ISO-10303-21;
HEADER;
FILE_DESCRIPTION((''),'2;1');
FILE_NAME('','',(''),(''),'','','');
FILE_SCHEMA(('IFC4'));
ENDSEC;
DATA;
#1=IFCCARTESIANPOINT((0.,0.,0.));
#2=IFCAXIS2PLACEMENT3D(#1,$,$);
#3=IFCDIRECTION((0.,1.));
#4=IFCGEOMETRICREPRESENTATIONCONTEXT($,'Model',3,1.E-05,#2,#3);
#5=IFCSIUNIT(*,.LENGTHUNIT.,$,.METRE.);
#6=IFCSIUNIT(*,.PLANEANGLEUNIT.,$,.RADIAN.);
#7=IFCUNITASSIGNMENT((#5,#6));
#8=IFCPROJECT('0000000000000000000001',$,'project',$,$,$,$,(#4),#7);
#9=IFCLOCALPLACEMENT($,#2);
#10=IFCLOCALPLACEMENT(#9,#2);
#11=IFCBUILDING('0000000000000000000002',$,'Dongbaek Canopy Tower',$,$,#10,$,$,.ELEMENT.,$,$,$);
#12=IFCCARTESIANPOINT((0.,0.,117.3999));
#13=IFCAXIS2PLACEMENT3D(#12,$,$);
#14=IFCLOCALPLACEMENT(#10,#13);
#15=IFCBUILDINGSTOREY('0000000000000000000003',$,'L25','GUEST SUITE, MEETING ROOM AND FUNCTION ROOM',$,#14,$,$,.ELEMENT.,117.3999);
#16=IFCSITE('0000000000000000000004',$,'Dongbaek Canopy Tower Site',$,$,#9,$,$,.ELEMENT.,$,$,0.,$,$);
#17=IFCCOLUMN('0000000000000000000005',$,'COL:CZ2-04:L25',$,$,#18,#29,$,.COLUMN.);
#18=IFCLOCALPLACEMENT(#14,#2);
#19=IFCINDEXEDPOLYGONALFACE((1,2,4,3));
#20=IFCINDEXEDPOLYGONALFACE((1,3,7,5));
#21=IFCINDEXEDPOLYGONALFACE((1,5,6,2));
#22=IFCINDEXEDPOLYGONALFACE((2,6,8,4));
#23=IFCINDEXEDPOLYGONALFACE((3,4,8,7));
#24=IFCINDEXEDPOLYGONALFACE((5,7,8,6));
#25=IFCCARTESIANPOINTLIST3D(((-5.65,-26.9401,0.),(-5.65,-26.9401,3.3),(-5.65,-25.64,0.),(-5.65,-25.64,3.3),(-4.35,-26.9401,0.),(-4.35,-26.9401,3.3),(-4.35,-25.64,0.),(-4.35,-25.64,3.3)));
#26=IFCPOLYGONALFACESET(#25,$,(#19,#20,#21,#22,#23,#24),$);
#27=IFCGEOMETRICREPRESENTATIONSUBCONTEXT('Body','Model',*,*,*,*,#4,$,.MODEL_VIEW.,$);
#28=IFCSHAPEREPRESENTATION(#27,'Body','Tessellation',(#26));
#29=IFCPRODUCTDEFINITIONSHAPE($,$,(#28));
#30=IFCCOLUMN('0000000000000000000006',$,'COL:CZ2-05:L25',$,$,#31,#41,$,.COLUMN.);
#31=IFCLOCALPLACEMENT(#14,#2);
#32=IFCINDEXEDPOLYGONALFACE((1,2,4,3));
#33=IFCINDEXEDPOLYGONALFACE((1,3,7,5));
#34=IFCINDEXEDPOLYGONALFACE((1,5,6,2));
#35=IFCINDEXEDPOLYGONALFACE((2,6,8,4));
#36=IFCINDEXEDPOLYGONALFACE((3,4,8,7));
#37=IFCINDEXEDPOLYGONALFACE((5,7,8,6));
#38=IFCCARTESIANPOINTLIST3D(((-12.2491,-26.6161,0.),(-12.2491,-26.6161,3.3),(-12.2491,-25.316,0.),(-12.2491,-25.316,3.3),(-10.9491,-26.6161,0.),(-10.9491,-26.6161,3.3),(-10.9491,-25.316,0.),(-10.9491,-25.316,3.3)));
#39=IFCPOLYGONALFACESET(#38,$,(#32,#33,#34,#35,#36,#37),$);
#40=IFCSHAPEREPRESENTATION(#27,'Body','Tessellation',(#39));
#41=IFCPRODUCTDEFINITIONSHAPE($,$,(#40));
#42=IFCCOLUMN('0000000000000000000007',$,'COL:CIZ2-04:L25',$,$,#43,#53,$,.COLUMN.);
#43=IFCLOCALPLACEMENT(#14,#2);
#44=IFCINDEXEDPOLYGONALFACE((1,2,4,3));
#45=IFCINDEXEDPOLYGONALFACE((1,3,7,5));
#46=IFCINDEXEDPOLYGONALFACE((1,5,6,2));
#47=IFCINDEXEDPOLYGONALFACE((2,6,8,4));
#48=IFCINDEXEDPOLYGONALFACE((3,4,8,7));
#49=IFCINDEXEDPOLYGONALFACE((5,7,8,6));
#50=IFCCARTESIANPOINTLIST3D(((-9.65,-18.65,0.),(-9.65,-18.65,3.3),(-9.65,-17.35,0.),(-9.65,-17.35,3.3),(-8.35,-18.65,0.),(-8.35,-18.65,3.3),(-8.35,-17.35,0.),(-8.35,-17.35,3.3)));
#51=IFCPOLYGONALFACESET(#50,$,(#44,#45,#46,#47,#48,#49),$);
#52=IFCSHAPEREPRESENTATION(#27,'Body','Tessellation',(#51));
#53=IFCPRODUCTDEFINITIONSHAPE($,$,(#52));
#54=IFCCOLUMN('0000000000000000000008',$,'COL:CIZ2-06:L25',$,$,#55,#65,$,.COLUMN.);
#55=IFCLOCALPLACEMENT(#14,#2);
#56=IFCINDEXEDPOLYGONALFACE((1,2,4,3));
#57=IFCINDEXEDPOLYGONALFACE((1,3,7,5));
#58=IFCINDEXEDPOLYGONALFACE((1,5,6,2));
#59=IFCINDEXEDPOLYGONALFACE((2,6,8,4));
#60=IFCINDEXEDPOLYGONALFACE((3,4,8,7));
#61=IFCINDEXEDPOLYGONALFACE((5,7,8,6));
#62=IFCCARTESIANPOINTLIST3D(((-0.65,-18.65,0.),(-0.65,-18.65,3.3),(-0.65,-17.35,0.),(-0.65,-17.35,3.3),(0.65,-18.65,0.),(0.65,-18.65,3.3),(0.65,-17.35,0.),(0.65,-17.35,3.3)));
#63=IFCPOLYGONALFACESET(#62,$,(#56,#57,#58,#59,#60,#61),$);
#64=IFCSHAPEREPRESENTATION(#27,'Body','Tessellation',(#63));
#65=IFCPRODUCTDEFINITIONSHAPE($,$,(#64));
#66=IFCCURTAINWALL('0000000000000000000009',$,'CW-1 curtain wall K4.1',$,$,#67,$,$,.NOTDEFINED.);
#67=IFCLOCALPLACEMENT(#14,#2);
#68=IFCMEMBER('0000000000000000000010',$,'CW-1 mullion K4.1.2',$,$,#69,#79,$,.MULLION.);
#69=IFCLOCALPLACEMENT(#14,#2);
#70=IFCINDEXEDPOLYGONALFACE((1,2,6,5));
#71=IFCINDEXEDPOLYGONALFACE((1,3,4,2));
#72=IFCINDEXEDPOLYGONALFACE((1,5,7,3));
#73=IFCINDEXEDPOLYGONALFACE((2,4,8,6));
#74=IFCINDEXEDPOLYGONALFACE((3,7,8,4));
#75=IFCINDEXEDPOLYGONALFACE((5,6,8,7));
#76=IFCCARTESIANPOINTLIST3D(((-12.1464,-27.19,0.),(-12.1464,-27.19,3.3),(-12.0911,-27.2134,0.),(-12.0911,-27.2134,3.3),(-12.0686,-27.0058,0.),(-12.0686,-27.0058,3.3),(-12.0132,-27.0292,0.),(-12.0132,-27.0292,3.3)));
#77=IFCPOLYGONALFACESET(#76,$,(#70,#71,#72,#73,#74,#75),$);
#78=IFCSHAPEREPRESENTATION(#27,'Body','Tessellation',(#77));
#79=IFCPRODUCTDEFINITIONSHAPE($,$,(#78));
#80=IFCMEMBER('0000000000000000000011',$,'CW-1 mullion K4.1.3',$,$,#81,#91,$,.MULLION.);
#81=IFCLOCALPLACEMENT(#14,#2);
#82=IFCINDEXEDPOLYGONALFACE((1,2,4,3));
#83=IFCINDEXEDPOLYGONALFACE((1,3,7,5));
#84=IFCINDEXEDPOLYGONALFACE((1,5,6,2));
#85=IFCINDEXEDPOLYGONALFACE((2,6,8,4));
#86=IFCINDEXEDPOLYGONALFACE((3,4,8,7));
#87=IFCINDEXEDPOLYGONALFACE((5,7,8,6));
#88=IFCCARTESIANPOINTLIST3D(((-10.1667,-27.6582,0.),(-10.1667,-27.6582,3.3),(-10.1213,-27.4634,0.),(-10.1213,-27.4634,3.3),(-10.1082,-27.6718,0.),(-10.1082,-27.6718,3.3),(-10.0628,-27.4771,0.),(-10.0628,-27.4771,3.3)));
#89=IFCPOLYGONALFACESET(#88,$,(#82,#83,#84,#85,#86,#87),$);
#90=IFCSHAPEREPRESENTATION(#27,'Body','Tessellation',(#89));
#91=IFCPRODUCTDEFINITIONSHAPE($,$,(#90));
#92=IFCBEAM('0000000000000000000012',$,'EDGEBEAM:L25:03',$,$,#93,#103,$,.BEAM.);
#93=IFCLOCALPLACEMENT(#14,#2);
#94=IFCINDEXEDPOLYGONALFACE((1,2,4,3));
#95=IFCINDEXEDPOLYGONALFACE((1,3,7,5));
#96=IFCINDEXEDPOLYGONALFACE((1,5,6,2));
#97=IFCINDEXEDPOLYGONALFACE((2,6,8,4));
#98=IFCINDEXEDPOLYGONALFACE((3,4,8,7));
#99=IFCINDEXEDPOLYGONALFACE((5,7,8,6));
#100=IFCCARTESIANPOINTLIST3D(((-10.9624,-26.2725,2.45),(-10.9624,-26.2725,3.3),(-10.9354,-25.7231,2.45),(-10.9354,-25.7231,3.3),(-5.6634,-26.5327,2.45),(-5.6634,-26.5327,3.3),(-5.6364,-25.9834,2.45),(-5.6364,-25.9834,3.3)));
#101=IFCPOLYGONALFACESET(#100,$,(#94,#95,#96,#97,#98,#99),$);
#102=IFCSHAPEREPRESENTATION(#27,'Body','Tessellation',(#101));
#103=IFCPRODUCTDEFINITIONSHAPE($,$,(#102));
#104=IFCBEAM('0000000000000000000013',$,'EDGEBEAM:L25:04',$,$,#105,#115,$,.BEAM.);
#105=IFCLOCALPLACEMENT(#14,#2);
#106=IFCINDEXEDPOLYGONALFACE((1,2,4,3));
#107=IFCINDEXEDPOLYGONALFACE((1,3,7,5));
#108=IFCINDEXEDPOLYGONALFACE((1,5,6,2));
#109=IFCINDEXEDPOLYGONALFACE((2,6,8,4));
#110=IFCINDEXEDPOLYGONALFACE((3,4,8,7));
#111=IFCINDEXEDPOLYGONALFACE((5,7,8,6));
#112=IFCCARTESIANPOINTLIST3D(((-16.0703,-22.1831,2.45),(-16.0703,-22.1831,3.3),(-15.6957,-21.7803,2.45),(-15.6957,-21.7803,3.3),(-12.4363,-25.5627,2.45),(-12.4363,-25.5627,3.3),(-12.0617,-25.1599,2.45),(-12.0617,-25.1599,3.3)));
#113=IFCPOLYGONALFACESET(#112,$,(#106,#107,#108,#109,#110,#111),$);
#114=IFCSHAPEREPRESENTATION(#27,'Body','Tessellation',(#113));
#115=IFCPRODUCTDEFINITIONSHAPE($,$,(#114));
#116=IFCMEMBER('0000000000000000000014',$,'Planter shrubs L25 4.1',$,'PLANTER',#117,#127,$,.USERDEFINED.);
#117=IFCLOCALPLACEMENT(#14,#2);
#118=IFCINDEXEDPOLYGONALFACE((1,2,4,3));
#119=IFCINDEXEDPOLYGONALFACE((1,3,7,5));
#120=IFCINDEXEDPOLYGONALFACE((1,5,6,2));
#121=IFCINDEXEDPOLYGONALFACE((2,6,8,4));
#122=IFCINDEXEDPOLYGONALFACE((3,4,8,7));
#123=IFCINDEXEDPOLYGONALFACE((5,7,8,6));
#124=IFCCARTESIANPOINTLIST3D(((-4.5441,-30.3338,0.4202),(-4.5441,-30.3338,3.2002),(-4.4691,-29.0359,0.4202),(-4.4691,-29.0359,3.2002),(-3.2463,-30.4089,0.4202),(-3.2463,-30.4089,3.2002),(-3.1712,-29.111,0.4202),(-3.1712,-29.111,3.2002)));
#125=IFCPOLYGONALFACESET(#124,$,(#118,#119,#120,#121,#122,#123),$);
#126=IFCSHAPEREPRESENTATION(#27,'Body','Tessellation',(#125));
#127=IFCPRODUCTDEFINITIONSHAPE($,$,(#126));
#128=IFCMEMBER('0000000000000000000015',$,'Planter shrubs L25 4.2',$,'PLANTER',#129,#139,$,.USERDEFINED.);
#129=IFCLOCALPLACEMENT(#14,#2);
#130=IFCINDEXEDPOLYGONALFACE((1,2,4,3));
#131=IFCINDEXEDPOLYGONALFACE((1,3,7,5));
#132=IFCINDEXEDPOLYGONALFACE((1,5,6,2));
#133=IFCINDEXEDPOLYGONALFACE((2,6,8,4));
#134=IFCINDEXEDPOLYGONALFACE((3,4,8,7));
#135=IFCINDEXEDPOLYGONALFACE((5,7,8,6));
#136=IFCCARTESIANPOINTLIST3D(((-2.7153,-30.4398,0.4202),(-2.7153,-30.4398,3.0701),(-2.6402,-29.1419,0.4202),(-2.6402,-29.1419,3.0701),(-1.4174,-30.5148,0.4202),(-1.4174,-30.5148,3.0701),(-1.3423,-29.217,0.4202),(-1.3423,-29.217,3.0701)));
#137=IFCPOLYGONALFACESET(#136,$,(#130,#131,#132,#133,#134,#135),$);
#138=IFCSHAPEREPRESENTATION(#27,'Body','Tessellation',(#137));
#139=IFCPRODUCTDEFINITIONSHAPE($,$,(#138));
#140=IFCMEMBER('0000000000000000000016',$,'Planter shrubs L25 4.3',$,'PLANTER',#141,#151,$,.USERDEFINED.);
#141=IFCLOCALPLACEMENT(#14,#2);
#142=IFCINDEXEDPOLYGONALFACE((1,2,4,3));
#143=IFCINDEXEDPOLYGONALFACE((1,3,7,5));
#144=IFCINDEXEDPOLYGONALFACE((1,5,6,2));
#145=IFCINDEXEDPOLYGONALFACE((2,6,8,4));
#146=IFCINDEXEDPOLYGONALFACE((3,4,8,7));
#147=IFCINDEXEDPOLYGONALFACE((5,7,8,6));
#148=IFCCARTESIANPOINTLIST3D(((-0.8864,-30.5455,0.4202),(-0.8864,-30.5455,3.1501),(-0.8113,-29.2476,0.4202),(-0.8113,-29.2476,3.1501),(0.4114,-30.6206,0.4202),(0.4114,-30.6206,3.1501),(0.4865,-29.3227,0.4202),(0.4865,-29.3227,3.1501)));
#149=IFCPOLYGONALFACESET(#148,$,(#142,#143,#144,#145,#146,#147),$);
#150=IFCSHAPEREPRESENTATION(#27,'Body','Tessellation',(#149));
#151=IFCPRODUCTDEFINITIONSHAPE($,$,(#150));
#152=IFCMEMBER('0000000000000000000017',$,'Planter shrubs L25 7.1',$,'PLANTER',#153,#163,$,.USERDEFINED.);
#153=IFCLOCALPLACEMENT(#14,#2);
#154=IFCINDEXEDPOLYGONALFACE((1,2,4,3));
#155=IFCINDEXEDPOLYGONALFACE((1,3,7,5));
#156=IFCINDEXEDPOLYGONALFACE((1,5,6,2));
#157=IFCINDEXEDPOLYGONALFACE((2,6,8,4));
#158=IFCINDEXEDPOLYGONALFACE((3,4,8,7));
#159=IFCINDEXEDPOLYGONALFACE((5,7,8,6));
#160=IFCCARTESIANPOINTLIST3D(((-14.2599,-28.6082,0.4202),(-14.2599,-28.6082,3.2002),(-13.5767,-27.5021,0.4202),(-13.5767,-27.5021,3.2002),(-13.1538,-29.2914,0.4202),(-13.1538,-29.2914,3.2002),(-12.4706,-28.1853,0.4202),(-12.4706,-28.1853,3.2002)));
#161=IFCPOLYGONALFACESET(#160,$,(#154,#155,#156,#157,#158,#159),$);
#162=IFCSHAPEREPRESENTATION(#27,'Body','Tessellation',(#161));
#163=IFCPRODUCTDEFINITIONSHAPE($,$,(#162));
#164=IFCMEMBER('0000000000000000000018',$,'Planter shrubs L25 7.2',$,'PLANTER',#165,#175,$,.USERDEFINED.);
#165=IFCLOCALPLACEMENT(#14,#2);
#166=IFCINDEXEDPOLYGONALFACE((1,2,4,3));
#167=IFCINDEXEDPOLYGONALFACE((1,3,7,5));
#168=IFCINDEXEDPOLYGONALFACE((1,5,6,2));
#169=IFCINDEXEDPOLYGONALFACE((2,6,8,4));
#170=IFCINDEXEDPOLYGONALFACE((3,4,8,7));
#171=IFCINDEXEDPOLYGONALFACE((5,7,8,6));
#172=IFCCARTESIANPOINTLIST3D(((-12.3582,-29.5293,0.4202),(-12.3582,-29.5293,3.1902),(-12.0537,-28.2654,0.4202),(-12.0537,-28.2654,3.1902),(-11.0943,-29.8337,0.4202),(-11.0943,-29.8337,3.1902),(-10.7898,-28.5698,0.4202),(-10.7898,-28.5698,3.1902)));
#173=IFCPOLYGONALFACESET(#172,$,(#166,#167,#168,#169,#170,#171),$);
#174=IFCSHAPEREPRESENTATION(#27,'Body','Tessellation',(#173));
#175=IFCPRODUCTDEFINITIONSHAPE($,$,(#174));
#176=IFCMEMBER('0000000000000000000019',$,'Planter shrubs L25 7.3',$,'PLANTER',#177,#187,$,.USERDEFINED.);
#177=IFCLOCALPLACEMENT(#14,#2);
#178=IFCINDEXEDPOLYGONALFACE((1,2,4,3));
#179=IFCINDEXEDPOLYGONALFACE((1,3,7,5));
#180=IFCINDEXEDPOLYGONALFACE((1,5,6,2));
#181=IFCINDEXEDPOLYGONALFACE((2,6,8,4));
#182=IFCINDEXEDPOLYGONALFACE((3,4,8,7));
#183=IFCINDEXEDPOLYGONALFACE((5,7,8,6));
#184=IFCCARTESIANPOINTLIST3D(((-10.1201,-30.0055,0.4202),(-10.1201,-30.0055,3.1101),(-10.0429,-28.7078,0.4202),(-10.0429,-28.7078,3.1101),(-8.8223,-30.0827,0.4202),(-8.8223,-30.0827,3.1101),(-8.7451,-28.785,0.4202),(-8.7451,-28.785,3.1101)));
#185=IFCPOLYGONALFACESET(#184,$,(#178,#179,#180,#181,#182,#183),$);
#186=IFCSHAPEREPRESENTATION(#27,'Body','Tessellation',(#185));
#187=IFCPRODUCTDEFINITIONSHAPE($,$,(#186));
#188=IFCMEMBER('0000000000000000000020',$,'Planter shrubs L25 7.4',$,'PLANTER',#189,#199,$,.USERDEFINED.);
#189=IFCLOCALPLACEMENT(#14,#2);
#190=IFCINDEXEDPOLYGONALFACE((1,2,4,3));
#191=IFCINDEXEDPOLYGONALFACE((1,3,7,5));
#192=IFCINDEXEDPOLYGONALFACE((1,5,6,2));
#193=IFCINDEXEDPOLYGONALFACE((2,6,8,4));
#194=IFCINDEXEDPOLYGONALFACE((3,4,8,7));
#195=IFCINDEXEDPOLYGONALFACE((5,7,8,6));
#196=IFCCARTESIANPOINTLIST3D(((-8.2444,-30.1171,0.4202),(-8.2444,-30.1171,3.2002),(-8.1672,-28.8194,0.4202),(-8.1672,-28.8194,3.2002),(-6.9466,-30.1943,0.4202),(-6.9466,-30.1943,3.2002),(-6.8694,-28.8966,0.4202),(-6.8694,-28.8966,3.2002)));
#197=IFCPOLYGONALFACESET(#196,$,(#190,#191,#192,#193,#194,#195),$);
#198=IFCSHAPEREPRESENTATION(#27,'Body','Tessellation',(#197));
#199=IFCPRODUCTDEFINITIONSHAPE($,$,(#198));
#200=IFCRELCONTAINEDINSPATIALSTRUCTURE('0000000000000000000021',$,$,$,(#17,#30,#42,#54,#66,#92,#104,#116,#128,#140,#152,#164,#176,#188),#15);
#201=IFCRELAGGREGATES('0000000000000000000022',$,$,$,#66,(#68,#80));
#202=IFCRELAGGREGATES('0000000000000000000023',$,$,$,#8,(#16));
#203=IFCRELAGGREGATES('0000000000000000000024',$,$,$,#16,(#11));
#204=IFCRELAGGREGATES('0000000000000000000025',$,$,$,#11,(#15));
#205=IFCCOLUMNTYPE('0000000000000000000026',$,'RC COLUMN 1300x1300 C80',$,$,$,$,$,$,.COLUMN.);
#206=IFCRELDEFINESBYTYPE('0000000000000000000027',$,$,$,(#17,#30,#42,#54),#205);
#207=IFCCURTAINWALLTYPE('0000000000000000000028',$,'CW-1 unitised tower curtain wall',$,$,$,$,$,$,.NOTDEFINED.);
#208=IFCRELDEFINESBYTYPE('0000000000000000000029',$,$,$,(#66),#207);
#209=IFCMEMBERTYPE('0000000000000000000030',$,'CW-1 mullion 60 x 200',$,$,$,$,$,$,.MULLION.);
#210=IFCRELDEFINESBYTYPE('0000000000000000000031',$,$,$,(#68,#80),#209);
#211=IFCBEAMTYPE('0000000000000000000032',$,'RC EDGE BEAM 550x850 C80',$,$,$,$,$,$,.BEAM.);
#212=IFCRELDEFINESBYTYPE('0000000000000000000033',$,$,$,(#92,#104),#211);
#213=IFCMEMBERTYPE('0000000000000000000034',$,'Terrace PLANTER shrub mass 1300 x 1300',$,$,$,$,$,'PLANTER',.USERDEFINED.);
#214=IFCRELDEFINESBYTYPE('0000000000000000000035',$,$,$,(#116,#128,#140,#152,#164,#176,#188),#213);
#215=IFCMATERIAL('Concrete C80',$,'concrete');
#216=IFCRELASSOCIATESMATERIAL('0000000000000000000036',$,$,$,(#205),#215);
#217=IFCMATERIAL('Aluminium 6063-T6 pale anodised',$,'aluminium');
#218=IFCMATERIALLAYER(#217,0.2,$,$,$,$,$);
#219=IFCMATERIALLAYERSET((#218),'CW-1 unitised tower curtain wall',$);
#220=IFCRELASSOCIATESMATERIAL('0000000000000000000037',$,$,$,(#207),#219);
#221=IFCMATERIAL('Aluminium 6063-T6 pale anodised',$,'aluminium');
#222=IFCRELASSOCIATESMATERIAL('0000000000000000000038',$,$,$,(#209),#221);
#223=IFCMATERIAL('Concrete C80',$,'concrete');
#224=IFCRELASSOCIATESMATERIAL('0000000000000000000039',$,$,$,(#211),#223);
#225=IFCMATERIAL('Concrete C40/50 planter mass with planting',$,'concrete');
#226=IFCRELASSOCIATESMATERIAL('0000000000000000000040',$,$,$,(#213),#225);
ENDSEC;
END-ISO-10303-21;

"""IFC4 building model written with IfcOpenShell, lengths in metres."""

from ifc_helpers import new_model, si_unit, direction, frame, origin, origin_2d, place, context, subcontext, project, spatial, rectangle, extrude, material, layer, layer_set, material_profile, profile_set, type_object, element, aggregate, save


model = new_model("IFC4")

# Units and contexts
model_context = context("Model", 3, precision=1e-05, world=origin(), true_north=direction((0.0, 1.0)))
body_context = subcontext(model_context, "Body", "Model", "MODEL_VIEW")
ifc_project = project(units=[si_unit("LENGTHUNIT", "METRE"), si_unit("PLANEANGLEUNIT", "RADIAN")], contexts=[model_context])

# Site, building, storey
site_placement = place(None, origin())
site = spatial("IfcSite", under=ifc_project, at=site_placement, Name="Dongbaek Canopy Tower Site", CompositionType="ELEMENT", RefElevation=0.0)
building_placement = place(site_placement, origin())
building = spatial("IfcBuilding", under=site, at=building_placement, Name="Dongbaek Canopy Tower", CompositionType="ELEMENT")
storey_placement = place(building_placement, frame((0.0, 0.0, 117.3999)))
storey = spatial("IfcBuildingStorey", under=building, at=storey_placement, Name="L25", Description="GUEST SUITE, MEETING ROOM AND FUNCTION ROOM", CompositionType="ELEMENT", Elevation=117.3999)

# Columns
ifc_material_1 = material(Name="Concrete C80", Category="concrete")
ifc_material_profile_1 = material_profile(ifc_material_1, rectangle(XDim=1.3, YDim=1.3, at=origin_2d()), Name="RC COLUMN 1300x1300 C80")
ifc_profile_set_1 = profile_set([ifc_material_profile_1], Name="Concrete C80")
column_type = type_object("IfcColumnType", Name="RC COLUMN 1300x1300 C80", PredefinedType="COLUMN", material=ifc_profile_set_1)
for number, where, z_axis, x_axis, name in (
    (1, (-5.0, -26.29, 0.0), (0.0, 0.0, 1.0), (1.0, 0.0, 0.0), "COL:CZ2-04:L25"),
    (2, (-11.5991, -25.9661, 0.0), (0.0, 0.0, 1.0), (1.0, 0.0, 0.0), "COL:CZ2-05:L25"),
    (3, (-9.0, -18.0, 0.0), (0.0, 0.0, 1.0), (1.0, 0.0, 0.0), "COL:CIZ2-04:L25"),
    (4, (0.0, -18.0, 0.0), (0.0, 0.0, 1.0), (1.0, 0.0, 0.0), "COL:CIZ2-06:L25"),
):
    element("IfcColumn", number, at=place(storey_placement, frame(where, z_axis=z_axis, x_axis=x_axis)), inside=storey, type_object=column_type, Name=name, PredefinedType="COLUMN", context=body_context, shape_type="SweptSolid", body=[
        extrude(rectangle(XDim=1.3, YDim=1.3, at=origin_2d()), origin(), (0.0, 0.0, 1.0), 3.3),
    ])

# Curtain wall, members
ifc_material_2 = material(Name="Aluminium 6063-T6 pale anodised", Category="aluminium")
ifc_layer_1 = layer(ifc_material_2, 0.2)
ifc_layer_set_1 = layer_set([ifc_layer_1], Name="CW-1 unitised tower curtain wall")
curtain_wall_type = type_object("IfcCurtainWallType", Name="CW-1 unitised tower curtain wall", PredefinedType="NOTDEFINED", material=ifc_layer_set_1)
curtain_wall_placement = place(storey_placement, origin())
curtain_wall = element("IfcCurtainWall", 5, at=curtain_wall_placement, inside=storey, type_object=curtain_wall_type, Name="CW-1 curtain wall K4.1", PredefinedType="NOTDEFINED")
ifc_material_3 = material(Name="Aluminium 6063-T6 pale anodised", Category="aluminium")
ifc_material_profile_2 = material_profile(ifc_material_3, rectangle(XDim=0.2, YDim=0.0601, at=origin_2d()), Name="CW-1 mullion 60 x 200")
ifc_profile_set_2 = profile_set([ifc_material_profile_2], Name="Aluminium 6063-T6 pale anodised")
member_type_1 = type_object("IfcMemberType", Name="CW-1 mullion 60 x 200", PredefinedType="MULLION", material=ifc_profile_set_2)
member_1_placement = place(storey_placement, frame((-12.0798, -27.1096, 0.0), z_axis=(0.0, 0.0, 1.0), x_axis=(-0.389455, -0.921046, 0.0)))
member_1 = element("IfcMember", 6, at=member_1_placement, type_object=member_type_1, Name="CW-1 mullion K4.1.2", PredefinedType="MULLION", context=body_context, shape_type="SweptSolid", body=[
    extrude(rectangle(XDim=0.2, YDim=0.0601, at=origin_2d()), origin(), (0.0, 0.0, 1.0), 3.3),
])
member_2_placement = place(storey_placement, frame((-10.1147, -27.5676, 0.0), z_axis=(0.0, 0.0, 1.0), x_axis=(-0.226919, -0.973914, 0.0)))
member_2 = element("IfcMember", 7, at=member_2_placement, type_object=member_type_1, Name="CW-1 mullion K4.1.3", PredefinedType="MULLION", context=body_context, shape_type="SweptSolid", body=[
    extrude(rectangle(XDim=0.2, YDim=0.0601, at=origin_2d()), origin(), (0.0, 0.0, 1.0), 3.3),
])

# Beams
ifc_material_4 = material(Name="Concrete C80", Category="concrete")
ifc_material_profile_3 = material_profile(ifc_material_4, rectangle(XDim=0.55, YDim=0.8501, at=origin_2d()), Name="RC EDGE BEAM 550x850 C80")
ifc_profile_set_3 = profile_set([ifc_material_profile_3], Name="Concrete C80")
beam_type = type_object("IfcBeamType", Name="RC EDGE BEAM 550x850 C80", PredefinedType="BEAM", material=ifc_profile_set_3)
beam_1_placement = place(storey_placement, frame((-5.6499, -26.2581, 2.875), z_axis=(-0.998796, 0.049054, 0.0), x_axis=(-0.049054, -0.998796, 0.0)))
element("IfcBeam", 8, at=beam_1_placement, inside=storey, type_object=beam_type, Name="EDGEBEAM:L25:03", PredefinedType="BEAM", context=body_context, shape_type="SweptSolid", body=[
    extrude(rectangle(XDim=0.55, YDim=0.8501, at=origin_2d()), origin(), (0.0, 0.0, 1.0), 5.3054),
])
beam_2_placement = place(storey_placement, frame((-12.249, -25.3613, 2.875), z_axis=(-0.732273, 0.681011, 0.0), x_axis=(-0.681011, -0.732273, 0.0)))
element("IfcBeam", 9, at=beam_2_placement, inside=storey, type_object=beam_type, Name="EDGEBEAM:L25:04", PredefinedType="BEAM", context=body_context, shape_type="SweptSolid", body=[
    extrude(rectangle(XDim=0.55, YDim=0.8501, at=origin_2d()), origin(), (0.0, 0.0, 1.0), 4.9626),
])

# Members
ifc_material_5 = material(Name="Concrete C40/50 planter mass with planting", Category="concrete")
ifc_material_profile_4 = material_profile(ifc_material_5, rectangle(XDim=1.3, YDim=1.3, at=origin_2d()), Name="Terrace PLANTER shrub mass 1300 x 1300")
ifc_profile_set_4 = profile_set([ifc_material_profile_4], Name="Concrete C40/50 planter mass with planting")
member_type_2 = type_object("IfcMemberType", Name="Terrace PLANTER shrub mass 1300 x 1300", ElementType="PLANTER", PredefinedType="USERDEFINED", material=ifc_profile_set_4)
member_3_placement = place(storey_placement, frame((-3.8577, -29.7224, 0.4202), z_axis=(0.0, 0.0, 1.0), x_axis=(-0.057753, -0.998331, 0.0)))
element("IfcMember", 10, at=member_3_placement, inside=storey, type_object=member_type_2, Name="Planter shrubs L25 4.1", ObjectType="PLANTER", PredefinedType="USERDEFINED", context=body_context, shape_type="SweptSolid", body=[
    extrude(rectangle(XDim=1.3, YDim=1.3, at=origin_2d()), origin(), (0.0, 0.0, 1.0), 2.78),
])
member_4_placement = place(storey_placement, frame((-2.0288, -29.8284, 0.4202), z_axis=(0.0, 0.0, 1.0), x_axis=(-0.057753, -0.998331, 0.0)))
element("IfcMember", 11, at=member_4_placement, inside=storey, type_object=member_type_2, Name="Planter shrubs L25 4.2", ObjectType="PLANTER", PredefinedType="USERDEFINED", context=body_context, shape_type="SweptSolid", body=[
    extrude(rectangle(XDim=1.3, YDim=1.3, at=origin_2d()), origin(), (0.0, 0.0, 1.0), 2.6499),
])
member_5_placement = place(storey_placement, frame((-0.2, -29.9341, 0.4202), z_axis=(0.0, 0.0, 1.0), x_axis=(-0.057753, -0.998331, 0.0)))
element("IfcMember", 12, at=member_5_placement, inside=storey, type_object=member_type_2, Name="Planter shrubs L25 4.3", ObjectType="PLANTER", PredefinedType="USERDEFINED", context=body_context, shape_type="SweptSolid", body=[
    extrude(rectangle(XDim=1.3, YDim=1.3, at=origin_2d()), origin(), (0.0, 0.0, 1.0), 2.73),
])
member_6_placement = place(storey_placement, frame((-13.3652, -28.3967, 0.4202), z_axis=(0.0, 0.0, 1.0), x_axis=(-0.525496, -0.850796, 0.0)))
element("IfcMember", 13, at=member_6_placement, inside=storey, type_object=member_type_2, Name="Planter shrubs L25 7.1", ObjectType="PLANTER", PredefinedType="USERDEFINED", context=body_context, shape_type="SweptSolid", body=[
    extrude(rectangle(XDim=1.3, YDim=1.3, at=origin_2d()), origin(), (0.0, 0.0, 1.0), 2.78),
])
member_7_placement = place(storey_placement, frame((-11.574, -29.0496, 0.4202), z_axis=(0.0, 0.0, 1.0), x_axis=(-0.234191, -0.972191, 0.0)))
element("IfcMember", 14, at=member_7_placement, inside=storey, type_object=member_type_2, Name="Planter shrubs L25 7.2", ObjectType="PLANTER", PredefinedType="USERDEFINED", context=body_context, shape_type="SweptSolid", body=[
    extrude(rectangle(XDim=1.3, YDim=1.3, at=origin_2d()), origin(), (0.0, 0.0, 1.0), 2.77),
])
member_8_placement = place(storey_placement, frame((-9.4326, -29.3953, 0.4202), z_axis=(0.0, 0.0, 1.0), x_axis=(-0.059395, -0.998235, 0.0)))
element("IfcMember", 15, at=member_8_placement, inside=storey, type_object=member_type_2, Name="Planter shrubs L25 7.3", ObjectType="PLANTER", PredefinedType="USERDEFINED", context=body_context, shape_type="SweptSolid", body=[
    extrude(rectangle(XDim=1.3, YDim=1.3, at=origin_2d()), origin(), (0.0, 0.0, 1.0), 2.6899),
])
member_9_placement = place(storey_placement, frame((-7.5569, -29.5068, 0.4202), z_axis=(0.0, 0.0, 1.0), x_axis=(-0.059395, -0.998235, 0.0)))
element("IfcMember", 16, at=member_9_placement, inside=storey, type_object=member_type_2, Name="Planter shrubs L25 7.4", ObjectType="PLANTER", PredefinedType="USERDEFINED", context=body_context, shape_type="SweptSolid", body=[
    extrude(rectangle(XDim=1.3, YDim=1.3, at=origin_2d()), origin(), (0.0, 0.0, 1.0), 2.78),
])

aggregate(curtain_wall, [member_1, member_2])

save(model, "model.ifc")
